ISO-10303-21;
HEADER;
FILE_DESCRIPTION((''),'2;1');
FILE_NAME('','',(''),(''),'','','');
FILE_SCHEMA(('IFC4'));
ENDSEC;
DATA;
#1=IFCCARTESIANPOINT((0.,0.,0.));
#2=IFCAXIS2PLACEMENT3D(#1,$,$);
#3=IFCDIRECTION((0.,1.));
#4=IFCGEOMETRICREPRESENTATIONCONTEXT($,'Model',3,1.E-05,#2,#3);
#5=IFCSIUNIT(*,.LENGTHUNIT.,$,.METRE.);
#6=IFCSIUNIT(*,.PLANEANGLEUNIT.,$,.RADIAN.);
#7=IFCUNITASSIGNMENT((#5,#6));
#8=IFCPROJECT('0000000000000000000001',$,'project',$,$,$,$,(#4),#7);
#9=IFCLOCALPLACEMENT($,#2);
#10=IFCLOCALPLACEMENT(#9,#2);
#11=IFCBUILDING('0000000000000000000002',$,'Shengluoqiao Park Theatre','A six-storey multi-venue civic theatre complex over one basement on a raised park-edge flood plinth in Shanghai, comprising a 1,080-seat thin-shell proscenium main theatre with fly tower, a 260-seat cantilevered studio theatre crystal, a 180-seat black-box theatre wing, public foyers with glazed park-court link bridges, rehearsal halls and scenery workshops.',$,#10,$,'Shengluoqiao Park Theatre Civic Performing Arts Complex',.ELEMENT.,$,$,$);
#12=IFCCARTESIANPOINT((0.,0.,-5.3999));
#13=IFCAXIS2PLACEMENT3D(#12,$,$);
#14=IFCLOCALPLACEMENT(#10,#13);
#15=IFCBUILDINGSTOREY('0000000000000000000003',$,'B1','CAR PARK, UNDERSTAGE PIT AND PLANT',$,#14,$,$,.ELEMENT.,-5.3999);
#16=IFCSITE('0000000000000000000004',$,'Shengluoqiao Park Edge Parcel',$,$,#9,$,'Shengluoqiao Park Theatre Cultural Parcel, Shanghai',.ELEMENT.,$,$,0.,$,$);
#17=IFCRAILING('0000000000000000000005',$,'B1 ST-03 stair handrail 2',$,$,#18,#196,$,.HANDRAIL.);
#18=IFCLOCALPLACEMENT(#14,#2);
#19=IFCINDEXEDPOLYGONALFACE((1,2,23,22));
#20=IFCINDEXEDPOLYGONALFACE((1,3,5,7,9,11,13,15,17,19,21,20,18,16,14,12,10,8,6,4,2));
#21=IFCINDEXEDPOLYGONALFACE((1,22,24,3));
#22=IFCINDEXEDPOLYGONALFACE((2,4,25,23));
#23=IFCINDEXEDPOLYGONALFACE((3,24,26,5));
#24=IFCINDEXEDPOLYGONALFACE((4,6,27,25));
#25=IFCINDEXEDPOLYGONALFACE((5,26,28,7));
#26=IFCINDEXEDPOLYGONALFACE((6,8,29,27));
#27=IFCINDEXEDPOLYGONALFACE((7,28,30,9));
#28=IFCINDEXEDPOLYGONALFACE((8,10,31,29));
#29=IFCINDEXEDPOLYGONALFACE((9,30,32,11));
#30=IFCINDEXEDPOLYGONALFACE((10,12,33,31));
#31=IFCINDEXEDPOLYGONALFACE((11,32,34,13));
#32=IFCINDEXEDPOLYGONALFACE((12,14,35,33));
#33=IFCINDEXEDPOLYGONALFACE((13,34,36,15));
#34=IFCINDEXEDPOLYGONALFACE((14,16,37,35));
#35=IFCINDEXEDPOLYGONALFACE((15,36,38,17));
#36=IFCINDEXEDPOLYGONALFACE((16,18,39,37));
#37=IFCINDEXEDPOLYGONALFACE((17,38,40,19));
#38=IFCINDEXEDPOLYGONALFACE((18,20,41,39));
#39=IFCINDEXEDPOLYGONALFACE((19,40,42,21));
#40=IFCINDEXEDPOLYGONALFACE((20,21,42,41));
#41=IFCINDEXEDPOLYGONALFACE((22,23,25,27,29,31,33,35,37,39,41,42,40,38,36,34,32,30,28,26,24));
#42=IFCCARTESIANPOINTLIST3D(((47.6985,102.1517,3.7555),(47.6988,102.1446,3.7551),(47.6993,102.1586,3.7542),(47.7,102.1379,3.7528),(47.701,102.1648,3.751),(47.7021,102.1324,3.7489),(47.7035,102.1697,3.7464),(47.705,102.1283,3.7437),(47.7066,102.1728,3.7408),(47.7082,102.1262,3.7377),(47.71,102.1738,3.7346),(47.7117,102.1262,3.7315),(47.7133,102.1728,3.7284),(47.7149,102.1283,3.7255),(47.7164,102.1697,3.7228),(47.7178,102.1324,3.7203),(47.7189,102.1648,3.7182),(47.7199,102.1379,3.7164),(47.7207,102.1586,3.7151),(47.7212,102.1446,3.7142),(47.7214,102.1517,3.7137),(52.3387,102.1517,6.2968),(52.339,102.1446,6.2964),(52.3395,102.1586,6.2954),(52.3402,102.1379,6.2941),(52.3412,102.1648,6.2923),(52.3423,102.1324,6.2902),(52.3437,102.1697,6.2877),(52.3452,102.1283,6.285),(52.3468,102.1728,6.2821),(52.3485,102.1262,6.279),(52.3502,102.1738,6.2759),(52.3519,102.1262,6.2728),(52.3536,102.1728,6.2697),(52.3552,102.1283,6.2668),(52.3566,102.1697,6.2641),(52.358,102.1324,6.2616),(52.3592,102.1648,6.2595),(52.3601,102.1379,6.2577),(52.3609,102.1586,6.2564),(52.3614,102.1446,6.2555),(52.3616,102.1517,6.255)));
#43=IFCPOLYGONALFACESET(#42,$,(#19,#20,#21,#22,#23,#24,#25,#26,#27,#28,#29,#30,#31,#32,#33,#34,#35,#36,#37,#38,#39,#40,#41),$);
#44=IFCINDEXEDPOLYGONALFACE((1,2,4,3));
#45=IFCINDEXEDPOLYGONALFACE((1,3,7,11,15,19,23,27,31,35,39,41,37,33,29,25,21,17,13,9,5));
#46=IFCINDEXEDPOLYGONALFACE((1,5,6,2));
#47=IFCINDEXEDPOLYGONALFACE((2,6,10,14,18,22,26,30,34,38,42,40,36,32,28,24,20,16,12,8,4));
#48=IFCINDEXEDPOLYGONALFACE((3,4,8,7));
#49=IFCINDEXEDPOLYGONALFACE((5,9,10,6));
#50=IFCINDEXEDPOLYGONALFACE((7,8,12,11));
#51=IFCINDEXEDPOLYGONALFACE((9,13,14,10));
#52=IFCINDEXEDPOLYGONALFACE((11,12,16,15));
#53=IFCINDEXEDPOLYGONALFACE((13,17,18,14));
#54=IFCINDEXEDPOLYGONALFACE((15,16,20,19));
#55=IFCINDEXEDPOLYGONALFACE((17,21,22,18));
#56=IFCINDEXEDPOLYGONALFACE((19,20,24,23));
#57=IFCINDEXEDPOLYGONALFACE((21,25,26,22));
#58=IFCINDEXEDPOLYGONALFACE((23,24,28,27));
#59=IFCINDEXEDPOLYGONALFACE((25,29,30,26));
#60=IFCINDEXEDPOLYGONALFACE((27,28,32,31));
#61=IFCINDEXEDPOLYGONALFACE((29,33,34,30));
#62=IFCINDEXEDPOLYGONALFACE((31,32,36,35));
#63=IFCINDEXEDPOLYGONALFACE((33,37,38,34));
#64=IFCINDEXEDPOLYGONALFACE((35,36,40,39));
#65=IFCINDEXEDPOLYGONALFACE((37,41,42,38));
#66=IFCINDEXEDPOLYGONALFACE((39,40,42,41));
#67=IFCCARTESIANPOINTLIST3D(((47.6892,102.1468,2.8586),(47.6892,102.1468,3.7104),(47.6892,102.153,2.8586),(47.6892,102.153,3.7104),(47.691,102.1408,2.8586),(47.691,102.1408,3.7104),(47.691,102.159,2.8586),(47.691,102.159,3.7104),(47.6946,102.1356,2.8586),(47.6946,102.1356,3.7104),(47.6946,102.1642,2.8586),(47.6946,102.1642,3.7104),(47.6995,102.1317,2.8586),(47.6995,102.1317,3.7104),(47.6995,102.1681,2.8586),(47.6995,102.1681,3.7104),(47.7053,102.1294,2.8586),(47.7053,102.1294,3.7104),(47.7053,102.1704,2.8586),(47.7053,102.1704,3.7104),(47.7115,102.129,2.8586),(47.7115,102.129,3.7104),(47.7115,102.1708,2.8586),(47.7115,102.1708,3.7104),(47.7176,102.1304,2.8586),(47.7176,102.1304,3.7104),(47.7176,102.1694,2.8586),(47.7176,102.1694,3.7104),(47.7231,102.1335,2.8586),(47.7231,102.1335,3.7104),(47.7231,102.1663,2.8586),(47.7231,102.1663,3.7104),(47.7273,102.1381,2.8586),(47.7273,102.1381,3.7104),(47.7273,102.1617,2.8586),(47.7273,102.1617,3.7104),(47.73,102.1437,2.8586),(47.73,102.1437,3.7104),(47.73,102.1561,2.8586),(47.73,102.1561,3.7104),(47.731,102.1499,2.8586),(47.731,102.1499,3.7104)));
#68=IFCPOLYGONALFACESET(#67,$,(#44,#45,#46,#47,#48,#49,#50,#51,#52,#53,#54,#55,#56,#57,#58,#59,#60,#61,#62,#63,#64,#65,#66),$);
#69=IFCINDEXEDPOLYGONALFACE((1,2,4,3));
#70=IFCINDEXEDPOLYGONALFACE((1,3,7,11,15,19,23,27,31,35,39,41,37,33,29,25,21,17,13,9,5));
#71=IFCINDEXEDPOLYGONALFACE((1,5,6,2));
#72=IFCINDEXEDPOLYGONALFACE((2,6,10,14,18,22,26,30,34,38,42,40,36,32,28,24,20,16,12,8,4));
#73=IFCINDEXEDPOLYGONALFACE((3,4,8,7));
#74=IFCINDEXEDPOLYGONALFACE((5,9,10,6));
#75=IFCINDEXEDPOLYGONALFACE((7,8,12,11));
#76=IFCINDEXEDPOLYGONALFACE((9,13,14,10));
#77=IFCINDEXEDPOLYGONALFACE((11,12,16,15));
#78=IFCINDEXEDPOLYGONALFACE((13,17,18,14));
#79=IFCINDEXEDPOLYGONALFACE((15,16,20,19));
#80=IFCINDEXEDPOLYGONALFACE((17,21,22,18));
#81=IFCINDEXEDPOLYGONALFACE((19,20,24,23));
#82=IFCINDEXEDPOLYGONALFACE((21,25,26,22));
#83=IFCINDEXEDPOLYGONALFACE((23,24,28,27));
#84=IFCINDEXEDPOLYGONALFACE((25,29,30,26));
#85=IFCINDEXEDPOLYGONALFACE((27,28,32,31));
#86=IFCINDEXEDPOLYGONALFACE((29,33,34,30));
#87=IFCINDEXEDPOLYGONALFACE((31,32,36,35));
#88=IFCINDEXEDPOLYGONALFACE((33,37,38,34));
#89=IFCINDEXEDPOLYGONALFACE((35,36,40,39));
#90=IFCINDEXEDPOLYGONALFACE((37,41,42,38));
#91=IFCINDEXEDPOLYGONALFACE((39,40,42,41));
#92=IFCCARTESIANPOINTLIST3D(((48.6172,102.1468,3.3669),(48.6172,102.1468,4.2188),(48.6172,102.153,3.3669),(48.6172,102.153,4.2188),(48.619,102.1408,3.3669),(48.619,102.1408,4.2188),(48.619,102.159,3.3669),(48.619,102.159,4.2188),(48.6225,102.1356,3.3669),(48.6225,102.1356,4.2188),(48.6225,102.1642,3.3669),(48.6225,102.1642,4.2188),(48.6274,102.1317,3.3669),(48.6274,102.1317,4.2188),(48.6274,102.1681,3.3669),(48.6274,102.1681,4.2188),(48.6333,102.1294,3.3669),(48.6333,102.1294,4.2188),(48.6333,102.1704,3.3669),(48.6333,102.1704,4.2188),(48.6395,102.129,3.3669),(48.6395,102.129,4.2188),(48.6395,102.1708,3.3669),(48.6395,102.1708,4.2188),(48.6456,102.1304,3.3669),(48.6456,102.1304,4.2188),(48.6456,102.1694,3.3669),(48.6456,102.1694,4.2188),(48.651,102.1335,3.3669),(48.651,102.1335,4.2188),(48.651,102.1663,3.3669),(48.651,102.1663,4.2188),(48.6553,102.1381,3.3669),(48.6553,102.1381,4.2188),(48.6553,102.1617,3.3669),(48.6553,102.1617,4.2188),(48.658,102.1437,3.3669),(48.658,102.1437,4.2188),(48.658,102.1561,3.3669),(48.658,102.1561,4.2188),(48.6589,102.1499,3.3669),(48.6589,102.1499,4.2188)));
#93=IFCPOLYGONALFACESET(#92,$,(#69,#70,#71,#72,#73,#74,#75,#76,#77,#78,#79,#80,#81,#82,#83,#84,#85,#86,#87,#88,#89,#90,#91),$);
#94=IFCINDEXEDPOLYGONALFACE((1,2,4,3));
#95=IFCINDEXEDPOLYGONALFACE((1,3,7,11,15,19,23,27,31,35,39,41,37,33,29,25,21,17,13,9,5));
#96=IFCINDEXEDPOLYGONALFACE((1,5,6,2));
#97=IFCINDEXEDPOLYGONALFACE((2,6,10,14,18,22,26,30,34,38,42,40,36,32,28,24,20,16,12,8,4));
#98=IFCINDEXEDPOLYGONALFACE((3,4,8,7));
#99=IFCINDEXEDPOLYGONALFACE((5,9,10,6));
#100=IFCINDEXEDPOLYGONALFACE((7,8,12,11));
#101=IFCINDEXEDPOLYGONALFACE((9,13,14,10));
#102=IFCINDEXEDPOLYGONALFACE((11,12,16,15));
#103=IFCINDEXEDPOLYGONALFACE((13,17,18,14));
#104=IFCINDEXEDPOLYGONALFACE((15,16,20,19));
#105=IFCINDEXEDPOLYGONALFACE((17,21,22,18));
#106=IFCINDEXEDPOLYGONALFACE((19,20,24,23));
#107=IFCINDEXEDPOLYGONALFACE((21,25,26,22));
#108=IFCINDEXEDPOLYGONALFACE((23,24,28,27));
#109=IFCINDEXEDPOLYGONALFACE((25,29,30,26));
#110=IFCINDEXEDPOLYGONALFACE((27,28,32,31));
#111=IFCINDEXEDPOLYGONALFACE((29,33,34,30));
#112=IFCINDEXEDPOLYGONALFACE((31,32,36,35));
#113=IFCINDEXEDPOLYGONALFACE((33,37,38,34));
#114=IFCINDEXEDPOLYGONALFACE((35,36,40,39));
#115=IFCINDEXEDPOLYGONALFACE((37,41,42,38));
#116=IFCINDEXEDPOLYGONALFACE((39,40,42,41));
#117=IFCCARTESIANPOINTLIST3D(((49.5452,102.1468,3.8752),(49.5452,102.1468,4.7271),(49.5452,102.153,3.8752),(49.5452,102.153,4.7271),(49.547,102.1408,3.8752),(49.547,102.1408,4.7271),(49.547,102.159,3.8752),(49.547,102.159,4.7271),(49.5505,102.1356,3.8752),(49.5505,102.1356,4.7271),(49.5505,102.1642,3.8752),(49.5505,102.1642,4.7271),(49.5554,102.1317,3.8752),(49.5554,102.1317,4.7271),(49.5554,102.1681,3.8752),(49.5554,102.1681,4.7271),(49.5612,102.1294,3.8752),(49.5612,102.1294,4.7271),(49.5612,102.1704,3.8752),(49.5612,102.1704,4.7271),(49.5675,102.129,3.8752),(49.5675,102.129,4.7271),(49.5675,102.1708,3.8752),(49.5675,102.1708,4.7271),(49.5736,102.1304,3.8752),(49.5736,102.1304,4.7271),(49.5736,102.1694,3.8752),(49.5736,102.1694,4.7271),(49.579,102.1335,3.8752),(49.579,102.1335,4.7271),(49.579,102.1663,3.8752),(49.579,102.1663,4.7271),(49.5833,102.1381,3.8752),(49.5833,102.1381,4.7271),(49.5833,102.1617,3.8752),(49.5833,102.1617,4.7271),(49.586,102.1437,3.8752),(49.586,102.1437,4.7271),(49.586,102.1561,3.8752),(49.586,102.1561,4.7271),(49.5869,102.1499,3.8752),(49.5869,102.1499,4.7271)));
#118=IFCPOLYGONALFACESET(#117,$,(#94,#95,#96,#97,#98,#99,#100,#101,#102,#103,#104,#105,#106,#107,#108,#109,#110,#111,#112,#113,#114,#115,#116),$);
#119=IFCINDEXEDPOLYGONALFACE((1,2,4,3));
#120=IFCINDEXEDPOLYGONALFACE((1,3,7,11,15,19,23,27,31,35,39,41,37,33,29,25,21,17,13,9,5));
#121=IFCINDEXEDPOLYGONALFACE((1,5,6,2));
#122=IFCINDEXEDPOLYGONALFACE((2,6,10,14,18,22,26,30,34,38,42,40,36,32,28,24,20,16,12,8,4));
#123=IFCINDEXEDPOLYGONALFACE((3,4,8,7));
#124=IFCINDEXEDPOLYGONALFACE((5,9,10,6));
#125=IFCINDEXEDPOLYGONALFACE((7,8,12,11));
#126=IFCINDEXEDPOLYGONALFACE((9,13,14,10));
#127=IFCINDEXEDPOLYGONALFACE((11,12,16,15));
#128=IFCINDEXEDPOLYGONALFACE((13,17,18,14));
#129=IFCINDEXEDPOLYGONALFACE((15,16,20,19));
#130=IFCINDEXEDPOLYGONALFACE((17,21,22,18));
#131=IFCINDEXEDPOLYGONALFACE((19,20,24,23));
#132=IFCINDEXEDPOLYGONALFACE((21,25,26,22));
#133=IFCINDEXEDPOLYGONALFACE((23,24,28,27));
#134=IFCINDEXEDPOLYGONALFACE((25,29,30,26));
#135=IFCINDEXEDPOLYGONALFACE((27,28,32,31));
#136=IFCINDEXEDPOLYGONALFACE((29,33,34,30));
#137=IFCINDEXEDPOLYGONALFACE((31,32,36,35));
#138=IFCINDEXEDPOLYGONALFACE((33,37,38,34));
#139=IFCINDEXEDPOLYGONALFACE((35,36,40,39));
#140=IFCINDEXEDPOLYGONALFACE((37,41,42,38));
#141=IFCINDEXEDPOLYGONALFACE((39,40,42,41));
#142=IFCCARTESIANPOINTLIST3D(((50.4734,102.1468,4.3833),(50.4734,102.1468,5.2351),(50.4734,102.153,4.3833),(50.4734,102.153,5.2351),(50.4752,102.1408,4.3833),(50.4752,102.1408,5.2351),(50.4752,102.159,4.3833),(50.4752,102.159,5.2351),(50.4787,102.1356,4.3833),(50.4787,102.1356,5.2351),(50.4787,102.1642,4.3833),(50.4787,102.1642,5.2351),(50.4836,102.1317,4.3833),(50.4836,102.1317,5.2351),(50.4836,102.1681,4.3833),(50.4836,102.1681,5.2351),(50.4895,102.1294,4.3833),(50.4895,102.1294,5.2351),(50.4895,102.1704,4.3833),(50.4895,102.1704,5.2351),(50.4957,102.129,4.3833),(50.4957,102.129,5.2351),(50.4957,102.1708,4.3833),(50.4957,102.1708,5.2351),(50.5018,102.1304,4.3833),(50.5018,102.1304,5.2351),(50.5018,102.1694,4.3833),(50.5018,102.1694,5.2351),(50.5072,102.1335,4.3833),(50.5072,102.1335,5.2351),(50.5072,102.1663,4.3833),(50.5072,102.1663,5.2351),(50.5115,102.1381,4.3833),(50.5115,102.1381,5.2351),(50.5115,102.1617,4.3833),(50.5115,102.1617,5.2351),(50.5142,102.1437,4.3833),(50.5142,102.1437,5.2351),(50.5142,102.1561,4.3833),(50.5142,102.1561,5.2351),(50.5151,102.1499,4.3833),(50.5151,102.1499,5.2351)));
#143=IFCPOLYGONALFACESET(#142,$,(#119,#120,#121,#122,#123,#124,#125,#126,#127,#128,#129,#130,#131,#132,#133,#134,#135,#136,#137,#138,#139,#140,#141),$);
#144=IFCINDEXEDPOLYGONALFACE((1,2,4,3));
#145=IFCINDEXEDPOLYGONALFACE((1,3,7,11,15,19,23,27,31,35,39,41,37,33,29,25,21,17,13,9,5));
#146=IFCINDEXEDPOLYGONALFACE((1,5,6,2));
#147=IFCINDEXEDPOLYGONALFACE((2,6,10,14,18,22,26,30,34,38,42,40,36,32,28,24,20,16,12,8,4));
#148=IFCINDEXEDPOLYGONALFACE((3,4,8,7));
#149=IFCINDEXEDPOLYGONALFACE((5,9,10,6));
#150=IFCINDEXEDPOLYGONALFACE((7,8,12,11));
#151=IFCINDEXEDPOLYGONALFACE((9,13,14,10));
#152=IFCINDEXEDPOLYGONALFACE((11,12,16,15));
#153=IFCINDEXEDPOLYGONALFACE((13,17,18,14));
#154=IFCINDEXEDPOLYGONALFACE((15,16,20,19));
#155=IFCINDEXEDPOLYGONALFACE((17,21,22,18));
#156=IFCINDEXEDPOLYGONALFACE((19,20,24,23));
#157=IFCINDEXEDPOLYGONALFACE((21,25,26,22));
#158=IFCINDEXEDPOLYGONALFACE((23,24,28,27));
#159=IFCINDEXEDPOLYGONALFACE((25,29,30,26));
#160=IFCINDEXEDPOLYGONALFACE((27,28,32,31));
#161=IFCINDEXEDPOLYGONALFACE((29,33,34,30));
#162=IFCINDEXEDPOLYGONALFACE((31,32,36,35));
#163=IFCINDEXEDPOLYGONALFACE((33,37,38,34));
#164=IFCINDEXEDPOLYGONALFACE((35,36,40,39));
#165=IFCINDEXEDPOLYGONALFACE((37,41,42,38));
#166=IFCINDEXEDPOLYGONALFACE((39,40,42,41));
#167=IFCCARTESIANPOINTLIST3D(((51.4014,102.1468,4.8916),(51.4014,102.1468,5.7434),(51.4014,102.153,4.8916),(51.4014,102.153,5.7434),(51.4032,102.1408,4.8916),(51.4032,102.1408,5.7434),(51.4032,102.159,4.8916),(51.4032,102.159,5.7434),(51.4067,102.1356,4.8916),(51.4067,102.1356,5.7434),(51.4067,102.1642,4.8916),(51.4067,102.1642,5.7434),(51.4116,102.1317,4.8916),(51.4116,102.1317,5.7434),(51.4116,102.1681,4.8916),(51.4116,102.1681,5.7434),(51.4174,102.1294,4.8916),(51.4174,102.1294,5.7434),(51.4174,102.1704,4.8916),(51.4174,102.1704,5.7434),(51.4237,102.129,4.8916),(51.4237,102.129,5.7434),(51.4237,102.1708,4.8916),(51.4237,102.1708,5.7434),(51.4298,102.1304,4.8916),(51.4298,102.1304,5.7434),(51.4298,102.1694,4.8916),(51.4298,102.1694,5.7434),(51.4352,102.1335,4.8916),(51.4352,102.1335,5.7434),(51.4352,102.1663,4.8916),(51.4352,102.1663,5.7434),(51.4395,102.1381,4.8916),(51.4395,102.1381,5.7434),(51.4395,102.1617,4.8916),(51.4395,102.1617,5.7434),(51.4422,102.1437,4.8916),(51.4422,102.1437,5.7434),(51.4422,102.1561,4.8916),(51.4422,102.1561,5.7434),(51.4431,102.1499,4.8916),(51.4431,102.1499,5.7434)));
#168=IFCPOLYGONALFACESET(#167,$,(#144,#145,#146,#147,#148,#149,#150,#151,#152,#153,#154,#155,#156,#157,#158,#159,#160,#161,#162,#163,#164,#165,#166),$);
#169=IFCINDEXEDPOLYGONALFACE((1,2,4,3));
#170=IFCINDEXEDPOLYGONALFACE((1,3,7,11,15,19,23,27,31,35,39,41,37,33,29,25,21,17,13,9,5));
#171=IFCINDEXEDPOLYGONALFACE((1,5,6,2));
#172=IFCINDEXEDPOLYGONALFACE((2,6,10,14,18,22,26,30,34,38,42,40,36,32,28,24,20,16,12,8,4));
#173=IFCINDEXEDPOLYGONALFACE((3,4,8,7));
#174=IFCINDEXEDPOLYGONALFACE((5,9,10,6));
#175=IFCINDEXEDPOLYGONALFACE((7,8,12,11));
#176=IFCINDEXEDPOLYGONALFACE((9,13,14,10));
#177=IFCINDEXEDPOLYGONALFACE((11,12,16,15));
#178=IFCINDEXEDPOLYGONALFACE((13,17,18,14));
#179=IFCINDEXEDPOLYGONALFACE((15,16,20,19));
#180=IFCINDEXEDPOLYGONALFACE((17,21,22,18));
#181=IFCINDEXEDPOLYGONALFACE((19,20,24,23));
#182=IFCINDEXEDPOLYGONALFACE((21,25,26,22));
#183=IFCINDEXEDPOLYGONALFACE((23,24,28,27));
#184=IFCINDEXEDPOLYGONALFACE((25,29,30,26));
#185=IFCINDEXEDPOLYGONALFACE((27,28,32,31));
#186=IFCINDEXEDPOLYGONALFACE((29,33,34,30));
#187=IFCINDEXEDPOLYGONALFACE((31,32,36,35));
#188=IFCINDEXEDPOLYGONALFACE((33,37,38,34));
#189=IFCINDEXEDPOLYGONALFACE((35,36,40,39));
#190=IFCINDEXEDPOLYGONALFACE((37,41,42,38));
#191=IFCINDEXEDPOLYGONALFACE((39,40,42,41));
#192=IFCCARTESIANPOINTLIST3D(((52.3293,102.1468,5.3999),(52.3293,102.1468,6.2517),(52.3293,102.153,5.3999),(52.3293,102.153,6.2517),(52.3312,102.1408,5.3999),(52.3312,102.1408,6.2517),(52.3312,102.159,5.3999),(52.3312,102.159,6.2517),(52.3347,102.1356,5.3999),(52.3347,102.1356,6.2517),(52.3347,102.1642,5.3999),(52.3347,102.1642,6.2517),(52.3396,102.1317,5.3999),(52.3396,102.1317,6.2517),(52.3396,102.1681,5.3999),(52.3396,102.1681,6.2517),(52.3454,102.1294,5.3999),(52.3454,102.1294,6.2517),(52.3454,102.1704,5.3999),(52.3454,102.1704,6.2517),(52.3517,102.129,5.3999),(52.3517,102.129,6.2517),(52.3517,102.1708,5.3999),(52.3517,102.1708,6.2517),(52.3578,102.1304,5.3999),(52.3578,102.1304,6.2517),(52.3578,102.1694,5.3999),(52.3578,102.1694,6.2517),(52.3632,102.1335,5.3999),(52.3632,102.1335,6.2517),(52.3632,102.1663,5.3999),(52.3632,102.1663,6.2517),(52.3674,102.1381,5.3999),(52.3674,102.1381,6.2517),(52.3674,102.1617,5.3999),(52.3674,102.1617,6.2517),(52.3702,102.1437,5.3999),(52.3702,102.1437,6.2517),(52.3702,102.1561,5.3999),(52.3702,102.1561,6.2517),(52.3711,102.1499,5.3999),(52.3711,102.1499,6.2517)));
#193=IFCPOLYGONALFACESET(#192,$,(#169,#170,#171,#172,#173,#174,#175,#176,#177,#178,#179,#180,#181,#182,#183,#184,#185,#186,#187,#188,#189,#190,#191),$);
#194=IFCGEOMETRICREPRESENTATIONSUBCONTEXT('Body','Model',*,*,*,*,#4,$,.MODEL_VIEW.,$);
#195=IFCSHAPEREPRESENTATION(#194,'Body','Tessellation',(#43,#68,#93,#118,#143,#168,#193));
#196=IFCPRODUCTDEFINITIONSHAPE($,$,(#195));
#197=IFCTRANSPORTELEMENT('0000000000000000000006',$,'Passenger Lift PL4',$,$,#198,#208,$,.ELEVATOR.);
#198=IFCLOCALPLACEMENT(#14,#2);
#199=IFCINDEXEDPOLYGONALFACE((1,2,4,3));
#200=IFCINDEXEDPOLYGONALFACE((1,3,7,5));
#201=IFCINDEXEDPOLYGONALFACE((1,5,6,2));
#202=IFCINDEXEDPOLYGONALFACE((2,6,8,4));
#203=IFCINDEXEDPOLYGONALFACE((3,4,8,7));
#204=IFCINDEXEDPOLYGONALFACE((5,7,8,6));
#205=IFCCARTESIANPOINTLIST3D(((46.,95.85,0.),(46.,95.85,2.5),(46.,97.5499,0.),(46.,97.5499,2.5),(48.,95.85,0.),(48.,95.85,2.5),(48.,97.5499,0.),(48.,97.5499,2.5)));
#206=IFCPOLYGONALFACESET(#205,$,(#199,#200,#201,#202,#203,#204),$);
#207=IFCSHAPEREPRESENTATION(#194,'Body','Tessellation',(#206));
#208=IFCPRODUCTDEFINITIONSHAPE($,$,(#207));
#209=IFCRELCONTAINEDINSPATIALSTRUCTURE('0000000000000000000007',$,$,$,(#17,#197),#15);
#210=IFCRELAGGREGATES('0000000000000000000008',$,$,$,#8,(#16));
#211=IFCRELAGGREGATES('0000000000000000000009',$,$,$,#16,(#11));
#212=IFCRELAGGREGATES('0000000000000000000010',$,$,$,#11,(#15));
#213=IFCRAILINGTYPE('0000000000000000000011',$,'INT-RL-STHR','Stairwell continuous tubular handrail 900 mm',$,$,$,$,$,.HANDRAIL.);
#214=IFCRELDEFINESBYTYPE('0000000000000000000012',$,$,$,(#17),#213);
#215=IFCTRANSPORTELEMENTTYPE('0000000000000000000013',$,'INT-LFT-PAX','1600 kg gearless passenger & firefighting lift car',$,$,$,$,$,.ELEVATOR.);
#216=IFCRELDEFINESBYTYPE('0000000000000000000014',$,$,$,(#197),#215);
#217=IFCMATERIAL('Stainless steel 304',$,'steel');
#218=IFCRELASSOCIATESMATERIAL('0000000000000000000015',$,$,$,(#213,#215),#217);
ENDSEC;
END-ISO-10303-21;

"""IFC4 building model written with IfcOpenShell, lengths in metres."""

from ifc_helpers import new_model, si_unit, direction, frame, origin, origin_2d, place, context, subcontext, project, spatial, rectangle, circle, extrude, material, type_object, element, save


model = new_model("IFC4")

# Units and contexts
model_context = context("Model", 3, precision=1e-05, world=origin(), true_north=direction((0.0, 1.0)))
body_context = subcontext(model_context, "Body", "Model", "MODEL_VIEW")
ifc_project = project(units=[si_unit("LENGTHUNIT", "METRE"), si_unit("PLANEANGLEUNIT", "RADIAN")], contexts=[model_context])

# Site, building, storey
site_placement = place(None, origin())
site = spatial("IfcSite", under=ifc_project, at=site_placement, Name="Shengluoqiao Park Edge Parcel", LongName="Shengluoqiao Park Theatre Cultural Parcel, Shanghai", CompositionType="ELEMENT", RefElevation=0.0)
building_placement = place(site_placement, origin())
building = spatial("IfcBuilding", under=site, at=building_placement, Name="Shengluoqiao Park Theatre", Description="A six-storey multi-venue civic theatre complex over one basement on a raised park-edge flood plinth in Shanghai, comprising a 1,080-seat thin-shell proscenium main theatre with fly tower, a 260-seat cantilevered studio theatre crystal, a 180-seat black-box theatre wing, public foyers with glazed park-court link bridges, rehearsal halls and scenery workshops.", LongName="Shengluoqiao Park Theatre Civic Performing Arts Complex", CompositionType="ELEMENT")
storey_placement = place(building_placement, frame((0.0, 0.0, -5.3999)))
storey = spatial("IfcBuildingStorey", under=building, at=storey_placement, Name="B1", Description="CAR PARK, UNDERSTAGE PIT AND PLANT", CompositionType="ELEMENT", Elevation=-5.3999)

# Shared definitions
ifc_material_1 = material(Name="Stainless steel 304", Category="steel")

# Railing
railing_type_1 = type_object("IfcRailingType", Name="INT-RL-STHR", Description="Stairwell continuous tubular handrail 900 mm", PredefinedType="HANDRAIL", material=ifc_material_1)
railing_1_placement = place(storey_placement, frame((47.71, 102.1499, 2.8586)))
element("IfcRailing", 1, at=railing_1_placement, inside=storey, type_object=railing_type_1, Name="B1 ST-03 stair handrail 2", PredefinedType="HANDRAIL", context=body_context, shape_type="SweptSolid", body=[
    extrude(circle(Radius=0.0239, at=origin_2d()), frame((0.0, 0.0, 0.876), z_axis=(0.877078, 0.0, 0.480348), x_axis=(0.0, 1.0, 0.0)), (0.0, 0.0, 1.0), 5.2905),
    extrude(circle(Radius=0.021, at=origin_2d()), origin(), (0.0, 0.0, 1.0), 0.8518),
    extrude(circle(Radius=0.021, at=origin_2d()), frame((0.928, 0.0, 0.5083)), (0.0, 0.0, 1.0), 0.8518),
    extrude(circle(Radius=0.021, at=origin_2d()), frame((1.856, 0.0, 1.0166)), (0.0, 0.0, 1.0), 0.8518),
    extrude(circle(Radius=0.021, at=origin_2d()), frame((2.7842, 0.0, 1.5247)), (0.0, 0.0, 1.0), 0.8518),
    extrude(circle(Radius=0.021, at=origin_2d()), frame((3.7122, 0.0, 2.033)), (0.0, 0.0, 1.0), 0.8518),
    extrude(circle(Radius=0.021, at=origin_2d()), frame((4.6401, 0.0, 2.5413)), (0.0, 0.0, 1.0), 0.8518),
])

# Transport element
transport_element_type_1 = type_object("IfcTransportElementType", Name="INT-LFT-PAX", Description="1600 kg gearless passenger & firefighting lift car", PredefinedType="ELEVATOR", material=ifc_material_1)
transport_element_1_placement = place(storey_placement, frame((47.0, 96.7, 0.0), z_axis=(0.0, 0.0, 1.0), x_axis=(1.0, 0.0, 0.0)))
element("IfcTransportElement", 2, at=transport_element_1_placement, inside=storey, type_object=transport_element_type_1, Name="Passenger Lift PL4", PredefinedType="ELEVATOR", context=body_context, shape_type="SweptSolid", body=[
    extrude(rectangle(XDim=2.0, YDim=1.7, at=origin_2d()), origin(), (0.0, 0.0, 1.0), 2.5),
])

save(model, "model.ifc")
